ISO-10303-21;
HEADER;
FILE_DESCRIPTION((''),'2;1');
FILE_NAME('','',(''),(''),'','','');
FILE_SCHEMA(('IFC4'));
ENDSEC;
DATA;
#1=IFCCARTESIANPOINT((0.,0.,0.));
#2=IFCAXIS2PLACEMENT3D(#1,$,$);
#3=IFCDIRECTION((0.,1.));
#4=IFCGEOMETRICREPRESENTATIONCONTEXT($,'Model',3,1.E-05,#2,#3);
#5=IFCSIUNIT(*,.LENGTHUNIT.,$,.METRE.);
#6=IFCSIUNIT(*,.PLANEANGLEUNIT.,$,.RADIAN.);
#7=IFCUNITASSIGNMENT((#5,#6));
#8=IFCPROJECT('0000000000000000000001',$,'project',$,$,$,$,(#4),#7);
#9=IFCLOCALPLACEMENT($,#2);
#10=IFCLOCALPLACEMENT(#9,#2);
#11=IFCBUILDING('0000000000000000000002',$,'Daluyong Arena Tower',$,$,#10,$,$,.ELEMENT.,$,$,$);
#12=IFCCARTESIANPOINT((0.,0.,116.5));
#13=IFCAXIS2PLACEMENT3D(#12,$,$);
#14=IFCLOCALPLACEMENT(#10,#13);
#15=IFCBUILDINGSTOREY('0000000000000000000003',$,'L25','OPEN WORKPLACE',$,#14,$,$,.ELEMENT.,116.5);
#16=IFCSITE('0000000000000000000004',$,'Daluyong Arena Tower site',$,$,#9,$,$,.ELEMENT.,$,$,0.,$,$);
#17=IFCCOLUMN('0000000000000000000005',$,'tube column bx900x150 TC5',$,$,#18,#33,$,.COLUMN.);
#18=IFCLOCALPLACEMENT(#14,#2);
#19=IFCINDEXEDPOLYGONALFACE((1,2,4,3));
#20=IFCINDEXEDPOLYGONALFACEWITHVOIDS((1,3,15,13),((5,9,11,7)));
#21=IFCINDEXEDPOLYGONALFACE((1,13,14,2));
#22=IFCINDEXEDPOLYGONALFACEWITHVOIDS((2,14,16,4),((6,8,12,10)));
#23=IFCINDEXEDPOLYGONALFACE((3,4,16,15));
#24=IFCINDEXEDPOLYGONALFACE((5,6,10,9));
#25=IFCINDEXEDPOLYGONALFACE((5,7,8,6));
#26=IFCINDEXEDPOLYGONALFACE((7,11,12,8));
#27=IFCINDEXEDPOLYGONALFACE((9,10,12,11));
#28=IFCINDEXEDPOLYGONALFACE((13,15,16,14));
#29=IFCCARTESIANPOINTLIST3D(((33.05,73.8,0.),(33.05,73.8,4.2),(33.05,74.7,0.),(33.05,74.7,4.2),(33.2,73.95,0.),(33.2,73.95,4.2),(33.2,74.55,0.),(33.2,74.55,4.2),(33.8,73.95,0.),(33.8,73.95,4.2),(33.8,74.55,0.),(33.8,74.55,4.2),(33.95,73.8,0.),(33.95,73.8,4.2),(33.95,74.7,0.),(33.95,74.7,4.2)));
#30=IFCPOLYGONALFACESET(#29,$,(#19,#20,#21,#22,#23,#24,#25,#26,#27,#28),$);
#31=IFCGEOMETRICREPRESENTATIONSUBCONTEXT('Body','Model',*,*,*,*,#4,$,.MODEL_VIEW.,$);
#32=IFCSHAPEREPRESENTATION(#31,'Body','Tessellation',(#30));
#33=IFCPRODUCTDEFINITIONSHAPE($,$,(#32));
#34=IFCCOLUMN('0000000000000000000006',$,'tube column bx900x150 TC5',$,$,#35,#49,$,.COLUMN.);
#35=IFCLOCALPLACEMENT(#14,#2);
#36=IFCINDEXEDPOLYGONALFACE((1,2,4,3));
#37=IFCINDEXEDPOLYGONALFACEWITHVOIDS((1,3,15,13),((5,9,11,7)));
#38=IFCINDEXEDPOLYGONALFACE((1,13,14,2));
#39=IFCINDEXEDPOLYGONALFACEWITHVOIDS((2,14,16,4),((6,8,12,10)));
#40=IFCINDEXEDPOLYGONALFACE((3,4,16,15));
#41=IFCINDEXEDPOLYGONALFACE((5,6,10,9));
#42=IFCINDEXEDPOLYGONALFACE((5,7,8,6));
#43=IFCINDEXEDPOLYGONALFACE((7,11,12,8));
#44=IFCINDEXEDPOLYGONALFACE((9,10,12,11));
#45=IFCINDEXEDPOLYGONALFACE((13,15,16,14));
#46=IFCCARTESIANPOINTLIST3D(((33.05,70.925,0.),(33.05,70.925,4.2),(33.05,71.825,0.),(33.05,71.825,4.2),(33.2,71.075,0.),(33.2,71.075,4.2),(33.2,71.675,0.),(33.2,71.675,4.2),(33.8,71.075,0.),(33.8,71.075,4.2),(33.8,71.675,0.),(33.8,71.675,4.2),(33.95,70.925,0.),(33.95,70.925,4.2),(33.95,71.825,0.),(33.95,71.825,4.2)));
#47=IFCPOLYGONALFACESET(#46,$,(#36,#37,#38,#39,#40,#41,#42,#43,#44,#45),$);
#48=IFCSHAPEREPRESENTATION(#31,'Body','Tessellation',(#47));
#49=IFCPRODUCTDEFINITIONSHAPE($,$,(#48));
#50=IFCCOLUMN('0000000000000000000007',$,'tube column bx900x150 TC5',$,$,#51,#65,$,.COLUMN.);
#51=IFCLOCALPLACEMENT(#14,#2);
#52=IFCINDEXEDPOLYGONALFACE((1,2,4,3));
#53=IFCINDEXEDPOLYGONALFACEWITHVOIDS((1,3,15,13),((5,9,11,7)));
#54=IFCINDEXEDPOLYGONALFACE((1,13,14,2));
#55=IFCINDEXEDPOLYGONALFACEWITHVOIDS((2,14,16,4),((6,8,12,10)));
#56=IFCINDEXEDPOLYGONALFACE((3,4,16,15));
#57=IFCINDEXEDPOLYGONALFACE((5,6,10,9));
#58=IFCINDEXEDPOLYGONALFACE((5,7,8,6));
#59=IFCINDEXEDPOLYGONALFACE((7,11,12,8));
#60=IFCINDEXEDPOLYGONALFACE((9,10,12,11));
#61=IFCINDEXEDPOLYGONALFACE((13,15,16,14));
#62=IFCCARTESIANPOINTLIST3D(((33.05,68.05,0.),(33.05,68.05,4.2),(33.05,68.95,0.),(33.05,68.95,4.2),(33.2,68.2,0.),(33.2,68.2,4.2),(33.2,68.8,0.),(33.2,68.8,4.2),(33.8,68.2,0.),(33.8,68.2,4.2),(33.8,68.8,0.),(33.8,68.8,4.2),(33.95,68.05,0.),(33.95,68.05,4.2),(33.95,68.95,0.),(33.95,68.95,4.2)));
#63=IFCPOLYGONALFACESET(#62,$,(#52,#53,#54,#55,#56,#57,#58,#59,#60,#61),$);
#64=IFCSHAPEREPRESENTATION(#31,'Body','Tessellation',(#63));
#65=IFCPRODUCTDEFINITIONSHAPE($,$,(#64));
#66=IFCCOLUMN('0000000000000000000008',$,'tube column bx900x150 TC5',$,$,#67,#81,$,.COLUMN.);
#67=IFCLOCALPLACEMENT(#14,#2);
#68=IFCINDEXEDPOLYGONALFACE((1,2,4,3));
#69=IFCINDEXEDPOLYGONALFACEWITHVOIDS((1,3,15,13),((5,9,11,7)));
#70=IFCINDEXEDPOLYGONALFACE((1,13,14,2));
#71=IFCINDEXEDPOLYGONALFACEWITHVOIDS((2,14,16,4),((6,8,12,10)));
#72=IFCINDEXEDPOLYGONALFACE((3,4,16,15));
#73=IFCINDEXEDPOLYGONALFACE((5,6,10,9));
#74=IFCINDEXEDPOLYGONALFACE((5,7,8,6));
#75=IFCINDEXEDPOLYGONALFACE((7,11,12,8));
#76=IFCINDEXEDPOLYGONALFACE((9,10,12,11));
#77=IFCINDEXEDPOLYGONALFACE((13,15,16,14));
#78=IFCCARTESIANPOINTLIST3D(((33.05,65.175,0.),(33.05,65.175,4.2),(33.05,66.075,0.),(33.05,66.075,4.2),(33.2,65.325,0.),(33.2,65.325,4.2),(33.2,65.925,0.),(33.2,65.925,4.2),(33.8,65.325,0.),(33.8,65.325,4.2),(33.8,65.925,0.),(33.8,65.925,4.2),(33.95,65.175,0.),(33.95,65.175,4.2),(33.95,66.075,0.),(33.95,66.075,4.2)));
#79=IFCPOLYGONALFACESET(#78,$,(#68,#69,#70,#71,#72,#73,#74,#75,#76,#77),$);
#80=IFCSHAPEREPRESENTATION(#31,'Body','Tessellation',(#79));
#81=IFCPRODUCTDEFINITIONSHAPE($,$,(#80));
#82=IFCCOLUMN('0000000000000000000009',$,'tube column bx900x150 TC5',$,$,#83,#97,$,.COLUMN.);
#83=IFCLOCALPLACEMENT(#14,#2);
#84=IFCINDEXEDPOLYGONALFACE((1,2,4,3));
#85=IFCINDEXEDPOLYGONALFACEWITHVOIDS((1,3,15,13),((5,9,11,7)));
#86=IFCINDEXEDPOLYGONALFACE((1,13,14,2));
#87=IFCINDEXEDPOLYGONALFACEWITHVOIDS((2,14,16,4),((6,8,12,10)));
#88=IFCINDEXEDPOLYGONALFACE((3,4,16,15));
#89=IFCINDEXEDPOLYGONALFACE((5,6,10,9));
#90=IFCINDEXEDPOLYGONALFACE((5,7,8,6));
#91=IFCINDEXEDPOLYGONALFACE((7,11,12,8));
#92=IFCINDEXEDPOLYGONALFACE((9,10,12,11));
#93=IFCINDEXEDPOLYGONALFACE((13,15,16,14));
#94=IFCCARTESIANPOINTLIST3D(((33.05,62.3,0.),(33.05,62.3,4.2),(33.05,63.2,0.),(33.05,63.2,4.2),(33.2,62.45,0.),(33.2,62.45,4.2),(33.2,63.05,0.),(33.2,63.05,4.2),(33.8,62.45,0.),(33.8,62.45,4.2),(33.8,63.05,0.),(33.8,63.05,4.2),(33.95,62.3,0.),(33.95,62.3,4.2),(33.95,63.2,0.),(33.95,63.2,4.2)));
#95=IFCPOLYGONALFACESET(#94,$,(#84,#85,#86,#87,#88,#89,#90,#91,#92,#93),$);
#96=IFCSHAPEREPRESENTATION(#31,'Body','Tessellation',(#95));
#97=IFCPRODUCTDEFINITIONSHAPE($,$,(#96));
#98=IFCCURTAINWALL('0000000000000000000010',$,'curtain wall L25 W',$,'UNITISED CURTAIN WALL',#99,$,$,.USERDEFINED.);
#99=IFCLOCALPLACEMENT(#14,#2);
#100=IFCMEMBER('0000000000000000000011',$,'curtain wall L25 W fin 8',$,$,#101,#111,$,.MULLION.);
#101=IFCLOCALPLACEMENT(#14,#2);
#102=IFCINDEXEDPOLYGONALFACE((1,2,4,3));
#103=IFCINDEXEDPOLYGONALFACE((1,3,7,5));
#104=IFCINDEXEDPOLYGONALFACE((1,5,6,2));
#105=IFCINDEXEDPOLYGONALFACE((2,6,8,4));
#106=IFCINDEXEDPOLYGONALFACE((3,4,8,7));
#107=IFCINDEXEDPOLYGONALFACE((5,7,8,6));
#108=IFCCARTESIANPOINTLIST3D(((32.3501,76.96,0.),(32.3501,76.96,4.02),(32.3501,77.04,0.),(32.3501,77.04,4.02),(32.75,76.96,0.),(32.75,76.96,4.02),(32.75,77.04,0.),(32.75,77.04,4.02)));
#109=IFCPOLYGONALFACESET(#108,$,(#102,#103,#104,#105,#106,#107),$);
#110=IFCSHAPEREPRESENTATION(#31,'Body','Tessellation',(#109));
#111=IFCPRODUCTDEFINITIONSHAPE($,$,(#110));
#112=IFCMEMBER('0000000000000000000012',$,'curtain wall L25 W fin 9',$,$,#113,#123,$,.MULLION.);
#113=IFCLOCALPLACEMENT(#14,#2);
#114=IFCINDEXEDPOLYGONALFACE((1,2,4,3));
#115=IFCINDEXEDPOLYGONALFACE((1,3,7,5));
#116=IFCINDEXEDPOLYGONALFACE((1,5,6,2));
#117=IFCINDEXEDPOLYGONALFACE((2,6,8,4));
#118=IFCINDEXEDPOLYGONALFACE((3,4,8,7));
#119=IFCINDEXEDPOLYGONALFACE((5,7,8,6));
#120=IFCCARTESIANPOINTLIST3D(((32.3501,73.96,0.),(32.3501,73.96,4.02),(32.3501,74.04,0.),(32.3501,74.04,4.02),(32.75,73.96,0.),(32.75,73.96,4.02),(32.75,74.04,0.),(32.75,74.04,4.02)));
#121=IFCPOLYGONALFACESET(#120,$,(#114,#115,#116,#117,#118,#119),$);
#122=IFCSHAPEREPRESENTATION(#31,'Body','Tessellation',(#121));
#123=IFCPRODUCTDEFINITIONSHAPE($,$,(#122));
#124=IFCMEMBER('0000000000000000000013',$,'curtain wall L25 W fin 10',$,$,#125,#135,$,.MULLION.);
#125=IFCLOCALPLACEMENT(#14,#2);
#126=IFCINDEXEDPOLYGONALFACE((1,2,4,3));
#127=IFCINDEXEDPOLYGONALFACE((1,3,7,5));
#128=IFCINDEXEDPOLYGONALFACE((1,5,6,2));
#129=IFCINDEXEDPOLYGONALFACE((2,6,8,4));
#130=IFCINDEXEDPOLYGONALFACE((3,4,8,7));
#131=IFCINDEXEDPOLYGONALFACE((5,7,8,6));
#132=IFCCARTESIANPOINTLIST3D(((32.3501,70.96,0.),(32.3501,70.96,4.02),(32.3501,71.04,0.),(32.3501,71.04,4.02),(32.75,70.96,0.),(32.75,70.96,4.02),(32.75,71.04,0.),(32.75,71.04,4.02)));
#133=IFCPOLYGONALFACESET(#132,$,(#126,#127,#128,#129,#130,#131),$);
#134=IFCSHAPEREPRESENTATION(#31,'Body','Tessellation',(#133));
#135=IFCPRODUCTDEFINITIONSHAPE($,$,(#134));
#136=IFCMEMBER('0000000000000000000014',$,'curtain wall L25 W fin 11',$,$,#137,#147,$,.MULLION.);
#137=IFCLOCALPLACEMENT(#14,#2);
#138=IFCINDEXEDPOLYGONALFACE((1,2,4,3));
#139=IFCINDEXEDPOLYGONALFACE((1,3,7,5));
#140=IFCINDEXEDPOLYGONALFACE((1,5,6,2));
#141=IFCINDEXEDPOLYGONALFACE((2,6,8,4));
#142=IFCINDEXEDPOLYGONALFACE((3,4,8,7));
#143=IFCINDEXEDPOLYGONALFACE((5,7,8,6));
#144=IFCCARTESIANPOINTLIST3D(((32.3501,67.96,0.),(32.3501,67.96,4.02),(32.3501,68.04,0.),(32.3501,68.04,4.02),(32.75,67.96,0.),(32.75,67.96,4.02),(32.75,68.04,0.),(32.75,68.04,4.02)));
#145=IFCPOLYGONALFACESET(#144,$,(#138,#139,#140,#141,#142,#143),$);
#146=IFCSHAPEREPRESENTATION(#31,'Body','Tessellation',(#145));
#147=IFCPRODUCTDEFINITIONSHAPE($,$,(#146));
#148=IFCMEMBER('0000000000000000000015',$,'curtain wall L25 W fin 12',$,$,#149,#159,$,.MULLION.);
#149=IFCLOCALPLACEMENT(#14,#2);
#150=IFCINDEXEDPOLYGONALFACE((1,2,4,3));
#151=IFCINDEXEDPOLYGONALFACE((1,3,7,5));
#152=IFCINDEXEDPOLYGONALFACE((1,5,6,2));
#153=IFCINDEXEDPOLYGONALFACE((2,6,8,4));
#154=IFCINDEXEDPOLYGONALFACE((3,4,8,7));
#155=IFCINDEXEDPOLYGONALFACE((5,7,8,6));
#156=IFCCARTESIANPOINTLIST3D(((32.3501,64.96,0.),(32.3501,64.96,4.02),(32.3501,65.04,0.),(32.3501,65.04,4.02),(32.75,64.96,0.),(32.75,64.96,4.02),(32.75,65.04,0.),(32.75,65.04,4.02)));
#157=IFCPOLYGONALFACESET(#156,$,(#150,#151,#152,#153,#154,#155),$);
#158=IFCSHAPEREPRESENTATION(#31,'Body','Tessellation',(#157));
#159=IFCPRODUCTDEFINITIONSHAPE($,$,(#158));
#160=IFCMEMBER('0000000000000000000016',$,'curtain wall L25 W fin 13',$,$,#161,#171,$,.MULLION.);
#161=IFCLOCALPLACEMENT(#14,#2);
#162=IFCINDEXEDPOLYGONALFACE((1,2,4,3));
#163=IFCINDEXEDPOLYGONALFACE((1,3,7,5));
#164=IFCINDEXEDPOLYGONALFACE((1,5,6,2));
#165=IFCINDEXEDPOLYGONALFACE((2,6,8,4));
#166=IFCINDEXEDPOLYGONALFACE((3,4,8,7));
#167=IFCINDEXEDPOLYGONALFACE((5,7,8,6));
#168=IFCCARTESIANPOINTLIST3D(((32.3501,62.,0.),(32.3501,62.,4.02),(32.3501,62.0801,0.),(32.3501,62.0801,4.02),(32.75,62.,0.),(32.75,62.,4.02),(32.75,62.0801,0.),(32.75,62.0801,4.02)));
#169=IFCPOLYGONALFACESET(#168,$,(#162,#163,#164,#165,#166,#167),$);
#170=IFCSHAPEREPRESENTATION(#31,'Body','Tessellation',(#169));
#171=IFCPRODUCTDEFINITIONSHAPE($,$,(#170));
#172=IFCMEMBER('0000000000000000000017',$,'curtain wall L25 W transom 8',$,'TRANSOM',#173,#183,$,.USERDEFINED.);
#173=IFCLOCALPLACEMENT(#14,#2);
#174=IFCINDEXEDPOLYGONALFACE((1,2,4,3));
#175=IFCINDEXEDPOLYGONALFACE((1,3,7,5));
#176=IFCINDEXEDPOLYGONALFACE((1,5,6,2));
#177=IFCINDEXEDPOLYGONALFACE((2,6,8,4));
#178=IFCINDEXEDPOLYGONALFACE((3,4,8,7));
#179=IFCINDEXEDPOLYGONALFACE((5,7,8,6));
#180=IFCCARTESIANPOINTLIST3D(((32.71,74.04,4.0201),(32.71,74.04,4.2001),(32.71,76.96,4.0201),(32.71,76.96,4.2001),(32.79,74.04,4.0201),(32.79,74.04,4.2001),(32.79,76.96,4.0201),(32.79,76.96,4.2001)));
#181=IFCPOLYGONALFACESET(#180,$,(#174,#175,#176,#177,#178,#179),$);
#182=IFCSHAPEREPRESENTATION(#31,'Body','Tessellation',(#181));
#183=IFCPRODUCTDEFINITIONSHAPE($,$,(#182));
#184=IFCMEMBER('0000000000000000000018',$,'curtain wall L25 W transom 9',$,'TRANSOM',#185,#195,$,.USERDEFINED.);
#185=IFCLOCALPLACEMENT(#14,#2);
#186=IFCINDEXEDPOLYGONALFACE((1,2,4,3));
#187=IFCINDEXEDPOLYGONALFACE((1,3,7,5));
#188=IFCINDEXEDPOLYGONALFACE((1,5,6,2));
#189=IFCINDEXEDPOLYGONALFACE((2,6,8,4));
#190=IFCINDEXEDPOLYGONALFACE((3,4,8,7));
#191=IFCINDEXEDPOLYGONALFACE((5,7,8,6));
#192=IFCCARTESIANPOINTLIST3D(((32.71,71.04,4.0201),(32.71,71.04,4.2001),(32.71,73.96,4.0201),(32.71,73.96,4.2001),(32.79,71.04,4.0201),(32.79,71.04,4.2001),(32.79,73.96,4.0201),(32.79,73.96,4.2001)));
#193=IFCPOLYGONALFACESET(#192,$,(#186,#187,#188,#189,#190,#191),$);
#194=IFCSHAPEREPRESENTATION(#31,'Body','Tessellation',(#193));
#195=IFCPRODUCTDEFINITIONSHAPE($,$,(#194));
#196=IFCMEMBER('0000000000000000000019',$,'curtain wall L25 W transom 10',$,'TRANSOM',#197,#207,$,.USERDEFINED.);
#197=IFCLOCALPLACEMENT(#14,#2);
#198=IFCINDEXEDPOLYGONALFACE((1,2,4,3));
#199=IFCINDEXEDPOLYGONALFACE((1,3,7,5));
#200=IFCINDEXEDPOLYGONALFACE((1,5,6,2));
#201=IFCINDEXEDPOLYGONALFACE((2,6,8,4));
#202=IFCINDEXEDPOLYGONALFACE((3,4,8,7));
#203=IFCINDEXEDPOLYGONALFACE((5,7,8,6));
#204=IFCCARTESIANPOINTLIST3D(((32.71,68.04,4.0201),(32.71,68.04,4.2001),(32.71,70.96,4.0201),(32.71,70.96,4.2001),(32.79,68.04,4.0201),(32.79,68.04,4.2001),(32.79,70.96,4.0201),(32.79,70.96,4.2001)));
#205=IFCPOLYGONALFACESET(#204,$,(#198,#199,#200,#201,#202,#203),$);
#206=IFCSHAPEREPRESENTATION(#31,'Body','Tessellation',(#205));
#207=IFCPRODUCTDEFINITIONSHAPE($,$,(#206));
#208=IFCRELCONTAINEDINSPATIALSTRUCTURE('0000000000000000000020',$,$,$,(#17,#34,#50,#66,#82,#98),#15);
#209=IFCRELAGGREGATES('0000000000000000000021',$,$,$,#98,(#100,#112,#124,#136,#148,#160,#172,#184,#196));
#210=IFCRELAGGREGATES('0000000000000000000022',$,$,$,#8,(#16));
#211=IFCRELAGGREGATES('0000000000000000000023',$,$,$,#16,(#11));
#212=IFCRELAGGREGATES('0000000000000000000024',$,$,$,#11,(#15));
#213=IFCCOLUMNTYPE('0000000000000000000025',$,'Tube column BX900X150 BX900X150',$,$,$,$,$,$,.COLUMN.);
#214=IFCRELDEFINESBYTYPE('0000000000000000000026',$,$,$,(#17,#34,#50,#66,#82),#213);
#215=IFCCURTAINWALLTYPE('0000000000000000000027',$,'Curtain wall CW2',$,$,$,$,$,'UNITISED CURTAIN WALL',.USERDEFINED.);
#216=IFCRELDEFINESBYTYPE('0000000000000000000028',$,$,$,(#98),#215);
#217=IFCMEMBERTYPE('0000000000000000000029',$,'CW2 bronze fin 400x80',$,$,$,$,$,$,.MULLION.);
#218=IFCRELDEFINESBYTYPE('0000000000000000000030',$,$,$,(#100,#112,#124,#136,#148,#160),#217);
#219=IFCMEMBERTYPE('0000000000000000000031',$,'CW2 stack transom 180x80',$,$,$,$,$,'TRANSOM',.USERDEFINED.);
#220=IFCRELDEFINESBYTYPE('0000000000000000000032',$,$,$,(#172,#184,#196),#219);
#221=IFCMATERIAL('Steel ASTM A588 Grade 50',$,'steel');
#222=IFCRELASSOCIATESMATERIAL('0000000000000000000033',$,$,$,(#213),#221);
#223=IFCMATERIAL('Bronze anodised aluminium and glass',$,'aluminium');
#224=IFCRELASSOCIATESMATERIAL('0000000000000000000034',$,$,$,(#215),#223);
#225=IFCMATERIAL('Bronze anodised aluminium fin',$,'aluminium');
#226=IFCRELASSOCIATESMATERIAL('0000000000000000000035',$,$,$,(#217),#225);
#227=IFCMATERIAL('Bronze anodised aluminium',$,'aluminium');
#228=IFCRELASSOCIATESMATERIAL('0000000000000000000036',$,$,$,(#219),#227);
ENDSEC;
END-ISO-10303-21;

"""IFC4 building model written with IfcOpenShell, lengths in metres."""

from ifc_helpers import new_model, si_unit, direction, frame, origin, origin_2d, place, context, subcontext, project, spatial, rectangle, hollow_rectangle, extrude, material, material_profile, profile_set, type_object, element, aggregate, save


model = new_model("IFC4")

# Units and contexts
model_context = context("Model", 3, precision=1e-05, world=origin(), true_north=direction((0.0, 1.0)))
body_context = subcontext(model_context, "Body", "Model", "MODEL_VIEW")
ifc_project = project(units=[si_unit("LENGTHUNIT", "METRE"), si_unit("PLANEANGLEUNIT", "RADIAN")], contexts=[model_context])

# Site, building, storey
site_placement = place(None, origin())
site = spatial("IfcSite", under=ifc_project, at=site_placement, Name="Daluyong Arena Tower site", CompositionType="ELEMENT", RefElevation=0.0)
building_placement = place(site_placement, origin())
building = spatial("IfcBuilding", under=site, at=building_placement, Name="Daluyong Arena Tower", CompositionType="ELEMENT")
storey_placement = place(building_placement, frame((0.0, 0.0, 116.5)))
storey = spatial("IfcBuildingStorey", under=building, at=storey_placement, Name="L25", Description="OPEN WORKPLACE", CompositionType="ELEMENT", Elevation=116.5)

# Columns
ifc_material_1 = material(Name="Steel ASTM A588 Grade 50", Category="steel")
ifc_material_profile_1 = material_profile(ifc_material_1, hollow_rectangle(XDim=0.8999, YDim=0.8999, WallThickness=0.15, at=origin_2d()))
ifc_profile_set_1 = profile_set([ifc_material_profile_1], Name="Steel ASTM A588 Grade 50")
column_type = type_object("IfcColumnType", Name="Tube column BX900X150 BX900X150", PredefinedType="COLUMN", material=ifc_profile_set_1)
for number, where, z_axis, x_axis, name in (
    (1, (33.5, 74.25, 0.0), (0.0, 0.0, 1.0), (0.0, 1.0, 0.0), "tube column bx900x150 TC5"),
    (2, (33.5, 71.375, 0.0), (0.0, 0.0, 1.0), (0.0, 1.0, 0.0), "tube column bx900x150 TC5"),
    (3, (33.5, 68.5, 0.0), (0.0, 0.0, 1.0), (0.0, 1.0, 0.0), "tube column bx900x150 TC5"),
    (4, (33.5, 65.625, 0.0), (0.0, 0.0, 1.0), (0.0, 1.0, 0.0), "tube column bx900x150 TC5"),
    (5, (33.5, 62.75, 0.0), (0.0, 0.0, 1.0), (1.0, 0.0, 0.0), "tube column bx900x150 TC5"),
):
    element("IfcColumn", number, at=place(storey_placement, frame(where, z_axis=z_axis, x_axis=x_axis)), inside=storey, type_object=column_type, Name=name, PredefinedType="COLUMN", context=body_context, shape_type="SweptSolid", body=[
        extrude(hollow_rectangle(XDim=0.8999, YDim=0.8999, WallThickness=0.15, at=origin_2d()), origin(), (0.0, 0.0, 1.0), 4.2),
    ])

# Curtain wall, members
ifc_material_2 = material(Name="Bronze anodised aluminium and glass", Category="aluminium")
curtain_wall_type_1 = type_object("IfcCurtainWallType", Name="Curtain wall CW2", ElementType="UNITISED CURTAIN WALL", PredefinedType="USERDEFINED", material=ifc_material_2)
curtain_wall_1_placement = place(storey_placement, origin())
curtain_wall_1 = element("IfcCurtainWall", 6, at=curtain_wall_1_placement, inside=storey, type_object=curtain_wall_type_1, Name="curtain wall L25 W", ObjectType="UNITISED CURTAIN WALL", PredefinedType="USERDEFINED")
ifc_material_3 = material(Name="Bronze anodised aluminium fin", Category="aluminium")
ifc_material_profile_2 = material_profile(ifc_material_3, rectangle(XDim=0.3999, YDim=0.0801, at=origin_2d()))
ifc_profile_set_2 = profile_set([ifc_material_profile_2], Name="Bronze anodised aluminium fin")
member_type_1 = type_object("IfcMemberType", Name="CW2 bronze fin 400x80", PredefinedType="MULLION", material=ifc_profile_set_2)
member_1_placement = place(storey_placement, frame((32.55, 77.0, 0.0), z_axis=(0.0, 0.0, 1.0), x_axis=(1.0, 0.0, 0.0)))
member_1 = element("IfcMember", 7, at=member_1_placement, type_object=member_type_1, Name="curtain wall L25 W fin 8", PredefinedType="MULLION", context=body_context, shape_type="SweptSolid", body=[
    extrude(rectangle(XDim=0.3999, YDim=0.0801, at=origin_2d()), origin(), (0.0, 0.0, 1.0), 4.02),
])
member_2_placement = place(storey_placement, frame((32.55, 74.0, 0.0), z_axis=(0.0, 0.0, 1.0), x_axis=(1.0, 0.0, 0.0)))
member_2 = element("IfcMember", 8, at=member_2_placement, type_object=member_type_1, Name="curtain wall L25 W fin 9", PredefinedType="MULLION", context=body_context, shape_type="SweptSolid", body=[
    extrude(rectangle(XDim=0.3999, YDim=0.0801, at=origin_2d()), origin(), (0.0, 0.0, 1.0), 4.02),
])
member_3_placement = place(storey_placement, frame((32.55, 71.0, 0.0), z_axis=(0.0, 0.0, 1.0), x_axis=(1.0, 0.0, 0.0)))
member_3 = element("IfcMember", 9, at=member_3_placement, type_object=member_type_1, Name="curtain wall L25 W fin 10", PredefinedType="MULLION", context=body_context, shape_type="SweptSolid", body=[
    extrude(rectangle(XDim=0.3999, YDim=0.0801, at=origin_2d()), origin(), (0.0, 0.0, 1.0), 4.02),
])
member_4_placement = place(storey_placement, frame((32.55, 68.0, 0.0), z_axis=(0.0, 0.0, 1.0), x_axis=(1.0, 0.0, 0.0)))
member_4 = element("IfcMember", 10, at=member_4_placement, type_object=member_type_1, Name="curtain wall L25 W fin 11", PredefinedType="MULLION", context=body_context, shape_type="SweptSolid", body=[
    extrude(rectangle(XDim=0.3999, YDim=0.0801, at=origin_2d()), origin(), (0.0, 0.0, 1.0), 4.02),
])
member_5_placement = place(storey_placement, frame((32.55, 65.0, 0.0), z_axis=(0.0, 0.0, 1.0), x_axis=(1.0, 0.0, 0.0)))
member_5 = element("IfcMember", 11, at=member_5_placement, type_object=member_type_1, Name="curtain wall L25 W fin 12", PredefinedType="MULLION", context=body_context, shape_type="SweptSolid", body=[
    extrude(rectangle(XDim=0.3999, YDim=0.0801, at=origin_2d()), origin(), (0.0, 0.0, 1.0), 4.02),
])
member_6_placement = place(storey_placement, frame((32.55, 62.04, 0.0), z_axis=(0.0, 0.0, 1.0), x_axis=(1.0, 0.0, 0.0)))
member_6 = element("IfcMember", 12, at=member_6_placement, type_object=member_type_1, Name="curtain wall L25 W fin 13", PredefinedType="MULLION", context=body_context, shape_type="SweptSolid", body=[
    extrude(rectangle(XDim=0.3999, YDim=0.0801, at=origin_2d()), origin(), (0.0, 0.0, 1.0), 4.02),
])
ifc_material_4 = material(Name="Bronze anodised aluminium", Category="aluminium")
ifc_material_profile_3 = material_profile(ifc_material_4, rectangle(XDim=0.0801, YDim=0.1799, at=origin_2d()))
ifc_profile_set_3 = profile_set([ifc_material_profile_3], Name="Bronze anodised aluminium")
member_type_2 = type_object("IfcMemberType", Name="CW2 stack transom 180x80", ElementType="TRANSOM", PredefinedType="USERDEFINED", material=ifc_profile_set_3)
member_7_placement = place(storey_placement, frame((32.75, 76.96, 4.1101), z_axis=(0.0, -1.0, 0.0), x_axis=(1.0, 0.0, 0.0)))
member_7 = element("IfcMember", 13, at=member_7_placement, type_object=member_type_2, Name="curtain wall L25 W transom 8", ObjectType="TRANSOM", PredefinedType="USERDEFINED", context=body_context, shape_type="SweptSolid", body=[
    extrude(rectangle(XDim=0.0801, YDim=0.1799, at=origin_2d()), origin(), (0.0, 0.0, 1.0), 2.9199),
])
member_8_placement = place(storey_placement, frame((32.75, 73.96, 4.1101), z_axis=(0.0, -1.0, 0.0), x_axis=(1.0, 0.0, 0.0)))
member_8 = element("IfcMember", 14, at=member_8_placement, type_object=member_type_2, Name="curtain wall L25 W transom 9", ObjectType="TRANSOM", PredefinedType="USERDEFINED", context=body_context, shape_type="SweptSolid", body=[
    extrude(rectangle(XDim=0.0801, YDim=0.1799, at=origin_2d()), origin(), (0.0, 0.0, 1.0), 2.9199),
])
member_9_placement = place(storey_placement, frame((32.75, 70.96, 4.1101), z_axis=(0.0, -1.0, 0.0), x_axis=(1.0, 0.0, 0.0)))
member_9 = element("IfcMember", 15, at=member_9_placement, type_object=member_type_2, Name="curtain wall L25 W transom 10", ObjectType="TRANSOM", PredefinedType="USERDEFINED", context=body_context, shape_type="SweptSolid", body=[
    extrude(rectangle(XDim=0.0801, YDim=0.1799, at=origin_2d()), origin(), (0.0, 0.0, 1.0), 2.9199),
])

aggregate(curtain_wall_1, [member_1, member_2, member_3, member_4, member_5, member_6, member_7, member_8, member_9])

save(model, "model.ifc")
